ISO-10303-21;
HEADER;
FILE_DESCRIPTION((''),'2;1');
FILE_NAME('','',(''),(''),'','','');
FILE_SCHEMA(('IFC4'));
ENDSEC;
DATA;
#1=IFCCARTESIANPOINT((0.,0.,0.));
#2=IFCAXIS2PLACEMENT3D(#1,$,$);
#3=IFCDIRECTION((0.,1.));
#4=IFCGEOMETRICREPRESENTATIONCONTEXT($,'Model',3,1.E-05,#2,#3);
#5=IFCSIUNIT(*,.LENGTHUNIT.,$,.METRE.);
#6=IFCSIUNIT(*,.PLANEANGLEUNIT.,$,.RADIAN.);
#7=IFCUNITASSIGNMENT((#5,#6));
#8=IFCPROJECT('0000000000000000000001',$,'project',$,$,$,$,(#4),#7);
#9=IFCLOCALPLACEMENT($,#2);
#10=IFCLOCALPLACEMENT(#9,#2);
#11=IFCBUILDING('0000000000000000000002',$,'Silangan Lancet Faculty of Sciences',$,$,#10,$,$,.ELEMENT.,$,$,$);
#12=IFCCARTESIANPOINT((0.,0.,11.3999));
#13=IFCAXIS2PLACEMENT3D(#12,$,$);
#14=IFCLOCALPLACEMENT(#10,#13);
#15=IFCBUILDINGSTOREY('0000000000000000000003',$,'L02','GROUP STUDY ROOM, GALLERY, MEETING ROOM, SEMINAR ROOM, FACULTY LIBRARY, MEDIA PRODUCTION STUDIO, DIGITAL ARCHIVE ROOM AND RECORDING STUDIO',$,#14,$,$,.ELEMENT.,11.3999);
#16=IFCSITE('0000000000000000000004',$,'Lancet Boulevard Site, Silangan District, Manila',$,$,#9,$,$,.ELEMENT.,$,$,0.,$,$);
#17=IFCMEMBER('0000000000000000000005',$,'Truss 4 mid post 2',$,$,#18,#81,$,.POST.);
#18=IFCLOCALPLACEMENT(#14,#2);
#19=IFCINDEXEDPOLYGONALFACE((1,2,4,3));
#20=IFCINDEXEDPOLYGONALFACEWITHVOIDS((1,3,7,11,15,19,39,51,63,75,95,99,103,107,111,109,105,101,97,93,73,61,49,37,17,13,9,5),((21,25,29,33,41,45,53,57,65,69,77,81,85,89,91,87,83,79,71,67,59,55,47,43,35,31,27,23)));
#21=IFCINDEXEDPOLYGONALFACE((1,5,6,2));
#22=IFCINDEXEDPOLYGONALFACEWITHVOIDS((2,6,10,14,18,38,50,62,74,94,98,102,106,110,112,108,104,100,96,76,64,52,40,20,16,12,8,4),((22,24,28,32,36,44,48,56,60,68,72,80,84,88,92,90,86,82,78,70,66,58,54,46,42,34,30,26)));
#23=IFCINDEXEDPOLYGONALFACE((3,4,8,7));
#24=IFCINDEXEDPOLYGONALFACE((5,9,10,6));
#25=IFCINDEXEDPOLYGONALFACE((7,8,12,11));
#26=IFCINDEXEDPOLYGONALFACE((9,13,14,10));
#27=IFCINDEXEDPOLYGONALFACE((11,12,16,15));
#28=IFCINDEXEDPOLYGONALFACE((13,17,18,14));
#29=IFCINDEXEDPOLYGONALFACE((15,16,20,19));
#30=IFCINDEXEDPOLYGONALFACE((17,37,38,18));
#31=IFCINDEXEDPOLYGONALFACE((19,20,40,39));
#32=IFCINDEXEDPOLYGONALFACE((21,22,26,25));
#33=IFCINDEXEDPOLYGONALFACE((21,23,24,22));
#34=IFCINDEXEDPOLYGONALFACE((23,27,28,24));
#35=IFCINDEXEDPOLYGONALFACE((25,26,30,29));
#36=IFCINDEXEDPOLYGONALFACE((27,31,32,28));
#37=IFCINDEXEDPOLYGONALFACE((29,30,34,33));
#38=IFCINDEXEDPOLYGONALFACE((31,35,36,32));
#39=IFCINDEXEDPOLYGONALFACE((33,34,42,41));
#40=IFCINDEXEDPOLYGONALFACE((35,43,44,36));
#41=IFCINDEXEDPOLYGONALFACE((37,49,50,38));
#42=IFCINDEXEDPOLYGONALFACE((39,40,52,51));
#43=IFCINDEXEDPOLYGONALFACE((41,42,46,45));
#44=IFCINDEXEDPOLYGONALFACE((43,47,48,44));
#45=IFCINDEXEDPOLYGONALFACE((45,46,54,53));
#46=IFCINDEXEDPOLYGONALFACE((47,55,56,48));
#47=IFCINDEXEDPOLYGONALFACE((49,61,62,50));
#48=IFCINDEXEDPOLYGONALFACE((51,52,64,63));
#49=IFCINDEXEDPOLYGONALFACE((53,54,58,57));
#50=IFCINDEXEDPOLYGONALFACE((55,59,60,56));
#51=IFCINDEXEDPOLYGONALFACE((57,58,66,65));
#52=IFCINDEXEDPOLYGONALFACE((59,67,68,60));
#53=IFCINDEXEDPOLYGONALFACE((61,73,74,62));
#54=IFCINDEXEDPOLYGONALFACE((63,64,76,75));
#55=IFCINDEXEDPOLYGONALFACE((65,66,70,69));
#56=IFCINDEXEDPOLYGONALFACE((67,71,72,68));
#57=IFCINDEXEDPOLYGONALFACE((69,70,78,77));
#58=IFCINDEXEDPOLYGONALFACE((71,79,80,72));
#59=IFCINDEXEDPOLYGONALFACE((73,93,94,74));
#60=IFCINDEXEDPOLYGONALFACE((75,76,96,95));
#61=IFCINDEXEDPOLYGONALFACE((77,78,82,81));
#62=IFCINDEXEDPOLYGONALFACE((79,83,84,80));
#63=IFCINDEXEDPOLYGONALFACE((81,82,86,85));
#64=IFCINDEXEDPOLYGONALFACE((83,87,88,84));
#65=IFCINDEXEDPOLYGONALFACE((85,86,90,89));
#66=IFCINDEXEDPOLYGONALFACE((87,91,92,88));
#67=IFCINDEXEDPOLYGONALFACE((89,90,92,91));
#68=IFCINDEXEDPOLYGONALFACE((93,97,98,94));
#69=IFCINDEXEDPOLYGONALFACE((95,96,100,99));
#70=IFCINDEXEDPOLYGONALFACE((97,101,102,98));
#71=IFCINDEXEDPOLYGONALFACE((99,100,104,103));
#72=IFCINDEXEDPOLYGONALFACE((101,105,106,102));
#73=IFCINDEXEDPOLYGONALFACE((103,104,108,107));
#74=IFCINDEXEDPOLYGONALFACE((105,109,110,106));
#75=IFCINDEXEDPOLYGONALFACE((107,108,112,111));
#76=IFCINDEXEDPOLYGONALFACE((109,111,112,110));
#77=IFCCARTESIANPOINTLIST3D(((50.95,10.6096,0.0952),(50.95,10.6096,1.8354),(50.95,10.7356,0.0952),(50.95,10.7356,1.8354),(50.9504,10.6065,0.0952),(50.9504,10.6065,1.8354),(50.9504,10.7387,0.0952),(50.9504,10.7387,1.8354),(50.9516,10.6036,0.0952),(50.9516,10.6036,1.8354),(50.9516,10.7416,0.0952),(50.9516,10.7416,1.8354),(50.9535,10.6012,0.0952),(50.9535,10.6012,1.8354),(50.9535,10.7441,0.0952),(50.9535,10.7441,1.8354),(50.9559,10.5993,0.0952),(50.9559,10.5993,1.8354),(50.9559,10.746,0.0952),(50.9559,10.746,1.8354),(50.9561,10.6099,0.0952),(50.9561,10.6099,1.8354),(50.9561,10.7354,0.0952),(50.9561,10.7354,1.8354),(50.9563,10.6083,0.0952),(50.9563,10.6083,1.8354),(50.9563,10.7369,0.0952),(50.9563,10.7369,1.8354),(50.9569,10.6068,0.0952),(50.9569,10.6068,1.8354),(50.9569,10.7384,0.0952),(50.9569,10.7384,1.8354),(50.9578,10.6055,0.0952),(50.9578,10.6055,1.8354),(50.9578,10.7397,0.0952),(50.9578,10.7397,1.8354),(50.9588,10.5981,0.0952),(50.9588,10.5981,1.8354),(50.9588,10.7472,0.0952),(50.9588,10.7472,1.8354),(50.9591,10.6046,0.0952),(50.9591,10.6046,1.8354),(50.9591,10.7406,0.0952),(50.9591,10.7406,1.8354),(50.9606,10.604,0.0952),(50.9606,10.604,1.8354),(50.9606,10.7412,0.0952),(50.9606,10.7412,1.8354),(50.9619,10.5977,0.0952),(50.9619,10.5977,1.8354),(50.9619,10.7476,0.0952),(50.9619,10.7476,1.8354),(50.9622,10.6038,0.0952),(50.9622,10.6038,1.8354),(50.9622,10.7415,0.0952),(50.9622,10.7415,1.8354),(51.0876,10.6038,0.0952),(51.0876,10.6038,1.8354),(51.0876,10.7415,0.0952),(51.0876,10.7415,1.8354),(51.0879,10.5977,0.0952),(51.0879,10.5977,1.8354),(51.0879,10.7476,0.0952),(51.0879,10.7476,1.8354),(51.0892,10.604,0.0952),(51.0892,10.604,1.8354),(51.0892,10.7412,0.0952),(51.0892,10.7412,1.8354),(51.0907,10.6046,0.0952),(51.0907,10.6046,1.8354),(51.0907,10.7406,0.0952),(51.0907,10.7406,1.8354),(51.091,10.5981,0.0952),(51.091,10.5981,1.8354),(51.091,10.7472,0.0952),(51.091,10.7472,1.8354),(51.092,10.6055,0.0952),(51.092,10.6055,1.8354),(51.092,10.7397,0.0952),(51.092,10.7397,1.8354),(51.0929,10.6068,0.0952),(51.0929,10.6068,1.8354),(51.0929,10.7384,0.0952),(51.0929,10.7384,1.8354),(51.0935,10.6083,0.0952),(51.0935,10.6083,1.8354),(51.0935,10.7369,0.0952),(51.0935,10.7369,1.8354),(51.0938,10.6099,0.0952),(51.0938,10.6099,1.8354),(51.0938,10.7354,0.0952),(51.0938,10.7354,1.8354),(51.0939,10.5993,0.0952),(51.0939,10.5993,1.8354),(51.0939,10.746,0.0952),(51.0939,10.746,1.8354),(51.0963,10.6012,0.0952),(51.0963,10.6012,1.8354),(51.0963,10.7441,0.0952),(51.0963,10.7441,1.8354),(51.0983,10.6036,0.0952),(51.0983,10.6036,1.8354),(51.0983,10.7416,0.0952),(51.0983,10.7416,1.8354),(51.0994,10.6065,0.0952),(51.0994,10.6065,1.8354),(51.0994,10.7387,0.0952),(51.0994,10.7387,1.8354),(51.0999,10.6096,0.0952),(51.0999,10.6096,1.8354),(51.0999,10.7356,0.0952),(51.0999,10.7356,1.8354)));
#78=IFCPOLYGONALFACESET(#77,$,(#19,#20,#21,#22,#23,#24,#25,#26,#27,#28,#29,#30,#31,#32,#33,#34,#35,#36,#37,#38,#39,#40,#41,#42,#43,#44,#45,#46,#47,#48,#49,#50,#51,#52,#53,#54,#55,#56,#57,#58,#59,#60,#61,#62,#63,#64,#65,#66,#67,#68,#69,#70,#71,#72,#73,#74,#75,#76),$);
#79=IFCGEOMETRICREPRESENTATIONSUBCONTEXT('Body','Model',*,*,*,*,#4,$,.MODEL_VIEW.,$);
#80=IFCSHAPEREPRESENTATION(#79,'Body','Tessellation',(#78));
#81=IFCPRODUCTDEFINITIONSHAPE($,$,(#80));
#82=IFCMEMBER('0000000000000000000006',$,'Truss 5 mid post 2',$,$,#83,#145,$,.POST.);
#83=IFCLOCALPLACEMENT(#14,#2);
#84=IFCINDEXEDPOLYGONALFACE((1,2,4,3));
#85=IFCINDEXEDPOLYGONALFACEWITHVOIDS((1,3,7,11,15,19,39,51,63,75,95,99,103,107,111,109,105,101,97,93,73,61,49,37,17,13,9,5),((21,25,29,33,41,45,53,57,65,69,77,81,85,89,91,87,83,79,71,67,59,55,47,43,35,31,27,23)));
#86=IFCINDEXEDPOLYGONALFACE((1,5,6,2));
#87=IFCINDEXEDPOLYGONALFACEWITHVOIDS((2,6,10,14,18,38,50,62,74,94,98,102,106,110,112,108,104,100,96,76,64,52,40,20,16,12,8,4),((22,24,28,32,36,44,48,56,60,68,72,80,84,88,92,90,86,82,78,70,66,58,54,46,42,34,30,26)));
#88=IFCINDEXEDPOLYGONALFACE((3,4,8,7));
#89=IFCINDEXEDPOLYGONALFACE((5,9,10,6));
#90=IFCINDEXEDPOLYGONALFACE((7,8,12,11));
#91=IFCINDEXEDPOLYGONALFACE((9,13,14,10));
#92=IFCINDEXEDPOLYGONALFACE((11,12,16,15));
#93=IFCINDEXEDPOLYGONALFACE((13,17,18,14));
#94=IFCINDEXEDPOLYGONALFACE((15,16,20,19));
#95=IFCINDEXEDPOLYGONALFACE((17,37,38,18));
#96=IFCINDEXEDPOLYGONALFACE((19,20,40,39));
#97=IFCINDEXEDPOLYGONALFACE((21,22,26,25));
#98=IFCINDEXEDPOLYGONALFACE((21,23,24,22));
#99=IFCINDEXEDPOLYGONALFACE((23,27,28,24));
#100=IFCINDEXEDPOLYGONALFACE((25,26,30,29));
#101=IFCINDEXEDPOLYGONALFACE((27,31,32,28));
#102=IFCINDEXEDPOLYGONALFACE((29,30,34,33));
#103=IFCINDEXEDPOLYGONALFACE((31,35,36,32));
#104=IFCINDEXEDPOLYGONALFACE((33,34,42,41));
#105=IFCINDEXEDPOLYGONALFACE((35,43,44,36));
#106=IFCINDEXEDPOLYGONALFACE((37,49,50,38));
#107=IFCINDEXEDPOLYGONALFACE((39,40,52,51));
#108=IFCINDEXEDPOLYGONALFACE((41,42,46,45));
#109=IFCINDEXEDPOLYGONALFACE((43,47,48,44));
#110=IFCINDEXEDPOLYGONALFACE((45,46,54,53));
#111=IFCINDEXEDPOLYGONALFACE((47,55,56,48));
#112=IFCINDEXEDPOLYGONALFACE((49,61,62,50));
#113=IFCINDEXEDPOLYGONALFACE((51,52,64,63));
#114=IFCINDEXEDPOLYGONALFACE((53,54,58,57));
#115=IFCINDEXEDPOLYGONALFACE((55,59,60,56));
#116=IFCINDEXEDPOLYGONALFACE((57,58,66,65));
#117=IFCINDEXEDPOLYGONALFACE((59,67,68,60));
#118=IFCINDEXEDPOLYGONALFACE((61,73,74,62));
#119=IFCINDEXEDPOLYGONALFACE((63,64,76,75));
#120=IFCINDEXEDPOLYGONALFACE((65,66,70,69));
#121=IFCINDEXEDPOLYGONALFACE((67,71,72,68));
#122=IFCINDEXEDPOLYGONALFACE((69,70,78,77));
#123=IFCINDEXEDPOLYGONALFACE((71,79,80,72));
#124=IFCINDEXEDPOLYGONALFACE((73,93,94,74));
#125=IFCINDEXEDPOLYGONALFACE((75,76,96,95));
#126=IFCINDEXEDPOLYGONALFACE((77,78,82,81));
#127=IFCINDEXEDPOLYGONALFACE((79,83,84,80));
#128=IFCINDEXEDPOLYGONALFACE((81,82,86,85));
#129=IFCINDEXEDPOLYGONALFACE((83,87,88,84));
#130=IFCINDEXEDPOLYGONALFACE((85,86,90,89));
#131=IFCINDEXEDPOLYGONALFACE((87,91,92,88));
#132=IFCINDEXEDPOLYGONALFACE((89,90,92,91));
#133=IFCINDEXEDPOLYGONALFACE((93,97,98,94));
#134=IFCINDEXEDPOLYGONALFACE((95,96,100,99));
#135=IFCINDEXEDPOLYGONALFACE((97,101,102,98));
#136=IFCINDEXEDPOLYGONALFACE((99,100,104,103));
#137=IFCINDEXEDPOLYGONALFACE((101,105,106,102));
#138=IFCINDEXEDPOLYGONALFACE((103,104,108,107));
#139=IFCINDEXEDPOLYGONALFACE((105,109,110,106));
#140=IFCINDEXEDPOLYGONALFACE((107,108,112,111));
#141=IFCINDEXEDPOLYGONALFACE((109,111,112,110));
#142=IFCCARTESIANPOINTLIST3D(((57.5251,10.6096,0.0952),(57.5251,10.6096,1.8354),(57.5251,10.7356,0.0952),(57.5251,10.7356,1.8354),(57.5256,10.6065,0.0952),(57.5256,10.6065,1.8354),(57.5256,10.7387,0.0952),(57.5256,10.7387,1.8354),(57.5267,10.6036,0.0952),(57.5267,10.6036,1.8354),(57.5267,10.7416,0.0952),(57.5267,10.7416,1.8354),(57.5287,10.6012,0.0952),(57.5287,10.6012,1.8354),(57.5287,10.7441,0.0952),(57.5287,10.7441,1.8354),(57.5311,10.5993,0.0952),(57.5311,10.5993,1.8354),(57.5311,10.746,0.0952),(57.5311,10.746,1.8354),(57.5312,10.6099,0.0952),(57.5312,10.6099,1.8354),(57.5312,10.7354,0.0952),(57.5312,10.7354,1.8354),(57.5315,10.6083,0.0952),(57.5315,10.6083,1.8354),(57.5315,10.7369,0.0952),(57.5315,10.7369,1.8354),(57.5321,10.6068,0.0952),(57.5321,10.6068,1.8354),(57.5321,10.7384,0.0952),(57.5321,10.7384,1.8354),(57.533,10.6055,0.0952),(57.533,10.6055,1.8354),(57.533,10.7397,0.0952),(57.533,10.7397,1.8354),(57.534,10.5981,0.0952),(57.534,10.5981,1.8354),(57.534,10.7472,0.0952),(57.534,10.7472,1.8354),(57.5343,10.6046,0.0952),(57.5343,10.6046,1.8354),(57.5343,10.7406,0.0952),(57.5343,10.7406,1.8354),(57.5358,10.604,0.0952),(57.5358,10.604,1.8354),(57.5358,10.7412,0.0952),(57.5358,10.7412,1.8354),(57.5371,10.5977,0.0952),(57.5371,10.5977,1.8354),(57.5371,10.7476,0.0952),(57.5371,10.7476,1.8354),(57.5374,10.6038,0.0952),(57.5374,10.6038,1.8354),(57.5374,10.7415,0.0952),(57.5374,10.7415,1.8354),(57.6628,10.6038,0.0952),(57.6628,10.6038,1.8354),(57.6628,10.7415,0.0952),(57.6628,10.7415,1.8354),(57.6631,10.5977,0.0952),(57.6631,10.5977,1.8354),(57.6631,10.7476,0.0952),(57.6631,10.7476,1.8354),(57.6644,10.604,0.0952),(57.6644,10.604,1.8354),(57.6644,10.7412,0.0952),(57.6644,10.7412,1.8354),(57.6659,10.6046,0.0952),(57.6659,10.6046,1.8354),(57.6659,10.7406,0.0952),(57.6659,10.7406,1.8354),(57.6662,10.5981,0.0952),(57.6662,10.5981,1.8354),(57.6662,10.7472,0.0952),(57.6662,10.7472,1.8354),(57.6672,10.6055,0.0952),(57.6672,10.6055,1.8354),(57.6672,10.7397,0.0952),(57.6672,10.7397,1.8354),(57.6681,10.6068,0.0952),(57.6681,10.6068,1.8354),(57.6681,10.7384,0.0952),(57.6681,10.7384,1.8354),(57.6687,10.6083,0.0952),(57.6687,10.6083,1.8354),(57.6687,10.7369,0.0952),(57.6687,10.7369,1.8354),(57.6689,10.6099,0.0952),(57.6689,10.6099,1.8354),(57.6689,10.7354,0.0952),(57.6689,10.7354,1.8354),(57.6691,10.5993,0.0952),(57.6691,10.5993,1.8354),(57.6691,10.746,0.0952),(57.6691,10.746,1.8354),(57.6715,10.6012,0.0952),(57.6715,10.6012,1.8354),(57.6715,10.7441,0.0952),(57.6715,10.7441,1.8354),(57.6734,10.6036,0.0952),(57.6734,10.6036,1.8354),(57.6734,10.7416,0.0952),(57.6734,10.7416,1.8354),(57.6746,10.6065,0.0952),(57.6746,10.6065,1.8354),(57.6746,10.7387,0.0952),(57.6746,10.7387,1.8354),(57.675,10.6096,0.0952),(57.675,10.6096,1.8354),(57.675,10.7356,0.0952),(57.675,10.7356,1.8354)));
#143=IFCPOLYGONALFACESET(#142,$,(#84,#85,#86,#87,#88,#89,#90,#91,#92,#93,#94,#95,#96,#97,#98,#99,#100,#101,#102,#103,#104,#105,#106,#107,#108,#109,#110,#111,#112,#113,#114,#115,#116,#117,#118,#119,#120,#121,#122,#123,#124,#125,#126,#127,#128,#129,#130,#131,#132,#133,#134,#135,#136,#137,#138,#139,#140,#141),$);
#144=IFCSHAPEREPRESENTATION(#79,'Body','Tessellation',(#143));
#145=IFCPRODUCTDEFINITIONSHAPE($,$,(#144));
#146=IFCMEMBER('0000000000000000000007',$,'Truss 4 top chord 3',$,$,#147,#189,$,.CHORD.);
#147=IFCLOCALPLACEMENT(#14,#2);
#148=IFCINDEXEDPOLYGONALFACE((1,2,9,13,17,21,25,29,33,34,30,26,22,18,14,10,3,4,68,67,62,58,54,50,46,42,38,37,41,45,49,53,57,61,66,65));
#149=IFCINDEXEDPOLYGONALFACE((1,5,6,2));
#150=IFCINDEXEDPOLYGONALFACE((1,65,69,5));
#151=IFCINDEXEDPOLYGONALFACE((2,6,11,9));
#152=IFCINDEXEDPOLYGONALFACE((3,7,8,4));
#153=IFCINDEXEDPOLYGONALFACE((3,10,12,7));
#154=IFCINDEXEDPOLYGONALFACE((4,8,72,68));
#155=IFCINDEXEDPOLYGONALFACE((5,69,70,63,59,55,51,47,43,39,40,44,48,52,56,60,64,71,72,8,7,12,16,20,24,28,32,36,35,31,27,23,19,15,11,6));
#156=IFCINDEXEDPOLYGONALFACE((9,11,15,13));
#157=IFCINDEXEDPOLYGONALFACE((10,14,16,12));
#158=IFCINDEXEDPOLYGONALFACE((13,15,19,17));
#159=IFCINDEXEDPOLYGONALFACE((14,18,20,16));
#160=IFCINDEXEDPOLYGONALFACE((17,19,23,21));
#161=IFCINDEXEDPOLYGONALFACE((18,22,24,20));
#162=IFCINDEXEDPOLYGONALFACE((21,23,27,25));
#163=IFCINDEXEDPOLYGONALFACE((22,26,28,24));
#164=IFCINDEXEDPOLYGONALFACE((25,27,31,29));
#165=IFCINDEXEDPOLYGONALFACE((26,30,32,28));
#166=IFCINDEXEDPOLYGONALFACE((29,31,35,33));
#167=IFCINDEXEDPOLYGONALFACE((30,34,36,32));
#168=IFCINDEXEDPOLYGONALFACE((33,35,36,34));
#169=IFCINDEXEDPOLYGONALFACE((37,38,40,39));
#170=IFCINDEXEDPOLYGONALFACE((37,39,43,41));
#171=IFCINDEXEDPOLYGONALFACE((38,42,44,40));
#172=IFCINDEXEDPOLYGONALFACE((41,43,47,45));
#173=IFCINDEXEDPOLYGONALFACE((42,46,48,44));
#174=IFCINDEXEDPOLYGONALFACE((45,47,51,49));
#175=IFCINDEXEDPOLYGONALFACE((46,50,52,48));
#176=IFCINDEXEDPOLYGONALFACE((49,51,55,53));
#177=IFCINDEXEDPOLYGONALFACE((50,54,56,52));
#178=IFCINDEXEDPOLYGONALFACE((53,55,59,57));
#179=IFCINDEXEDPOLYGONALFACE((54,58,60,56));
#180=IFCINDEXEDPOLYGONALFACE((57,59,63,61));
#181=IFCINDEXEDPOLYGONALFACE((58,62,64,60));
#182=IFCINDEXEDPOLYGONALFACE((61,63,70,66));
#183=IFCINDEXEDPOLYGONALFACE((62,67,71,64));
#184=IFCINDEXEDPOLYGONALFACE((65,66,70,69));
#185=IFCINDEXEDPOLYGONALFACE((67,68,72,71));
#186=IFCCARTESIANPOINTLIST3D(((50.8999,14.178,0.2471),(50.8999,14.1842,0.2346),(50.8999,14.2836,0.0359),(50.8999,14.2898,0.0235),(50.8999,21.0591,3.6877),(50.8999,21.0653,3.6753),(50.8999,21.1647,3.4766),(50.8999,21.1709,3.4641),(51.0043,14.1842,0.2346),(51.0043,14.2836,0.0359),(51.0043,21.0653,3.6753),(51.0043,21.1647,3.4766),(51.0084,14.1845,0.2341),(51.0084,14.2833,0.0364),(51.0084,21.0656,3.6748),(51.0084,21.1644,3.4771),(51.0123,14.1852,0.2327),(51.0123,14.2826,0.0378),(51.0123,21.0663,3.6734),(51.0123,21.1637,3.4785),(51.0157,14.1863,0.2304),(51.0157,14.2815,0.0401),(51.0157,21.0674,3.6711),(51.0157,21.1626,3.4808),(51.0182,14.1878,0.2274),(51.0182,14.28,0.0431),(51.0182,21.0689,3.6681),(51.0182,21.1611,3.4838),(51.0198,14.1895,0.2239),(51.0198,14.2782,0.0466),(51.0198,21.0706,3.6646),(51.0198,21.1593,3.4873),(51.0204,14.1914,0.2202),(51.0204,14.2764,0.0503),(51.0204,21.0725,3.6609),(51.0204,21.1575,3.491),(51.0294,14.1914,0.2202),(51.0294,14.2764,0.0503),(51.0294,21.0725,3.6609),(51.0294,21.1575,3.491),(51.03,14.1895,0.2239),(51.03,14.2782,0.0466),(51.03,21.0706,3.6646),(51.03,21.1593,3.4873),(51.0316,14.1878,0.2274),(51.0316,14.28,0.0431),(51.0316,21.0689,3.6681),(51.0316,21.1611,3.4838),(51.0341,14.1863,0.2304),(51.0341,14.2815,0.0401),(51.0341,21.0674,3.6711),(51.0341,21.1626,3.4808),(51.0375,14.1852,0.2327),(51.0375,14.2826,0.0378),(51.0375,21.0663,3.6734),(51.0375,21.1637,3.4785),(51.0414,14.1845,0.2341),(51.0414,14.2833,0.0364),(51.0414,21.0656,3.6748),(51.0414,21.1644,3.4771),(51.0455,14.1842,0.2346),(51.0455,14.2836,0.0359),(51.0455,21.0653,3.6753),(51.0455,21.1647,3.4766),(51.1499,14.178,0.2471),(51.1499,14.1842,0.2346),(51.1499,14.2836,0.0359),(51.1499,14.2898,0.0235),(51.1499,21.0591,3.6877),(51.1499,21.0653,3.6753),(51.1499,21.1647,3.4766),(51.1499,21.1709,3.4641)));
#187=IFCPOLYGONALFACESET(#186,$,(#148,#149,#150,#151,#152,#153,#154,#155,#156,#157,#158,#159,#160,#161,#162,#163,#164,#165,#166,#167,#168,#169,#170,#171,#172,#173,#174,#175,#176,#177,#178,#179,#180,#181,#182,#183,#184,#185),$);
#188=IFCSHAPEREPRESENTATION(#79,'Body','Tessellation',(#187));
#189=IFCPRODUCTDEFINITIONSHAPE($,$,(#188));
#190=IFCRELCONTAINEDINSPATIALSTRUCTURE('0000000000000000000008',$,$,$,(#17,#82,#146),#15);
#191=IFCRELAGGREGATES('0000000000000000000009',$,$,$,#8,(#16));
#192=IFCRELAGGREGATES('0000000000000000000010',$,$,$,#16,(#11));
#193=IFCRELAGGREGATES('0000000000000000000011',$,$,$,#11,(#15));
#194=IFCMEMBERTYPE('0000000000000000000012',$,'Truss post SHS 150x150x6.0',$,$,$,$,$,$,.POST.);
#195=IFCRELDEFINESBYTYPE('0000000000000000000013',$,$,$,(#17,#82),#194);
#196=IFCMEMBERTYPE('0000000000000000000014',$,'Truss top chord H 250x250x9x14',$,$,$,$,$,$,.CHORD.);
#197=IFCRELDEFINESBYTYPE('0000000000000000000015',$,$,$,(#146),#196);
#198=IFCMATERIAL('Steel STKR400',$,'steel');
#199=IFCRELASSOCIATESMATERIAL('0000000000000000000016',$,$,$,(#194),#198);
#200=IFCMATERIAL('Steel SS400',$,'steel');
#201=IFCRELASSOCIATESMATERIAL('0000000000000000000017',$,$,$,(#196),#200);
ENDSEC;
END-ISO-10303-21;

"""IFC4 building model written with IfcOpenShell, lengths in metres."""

from ifc_helpers import new_model, si_unit, direction, frame, origin, origin_2d, place, context, subcontext, project, spatial, hollow_rectangle, i_section, extrude, material, material_profile, profile_set, type_object, element, save


model = new_model("IFC4")

# Units and contexts
model_context = context("Model", 3, precision=1e-05, world=origin(), true_north=direction((0.0, 1.0)))
body_context = subcontext(model_context, "Body", "Model", "MODEL_VIEW")
ifc_project = project(units=[si_unit("LENGTHUNIT", "METRE"), si_unit("PLANEANGLEUNIT", "RADIAN")], contexts=[model_context])

# Site, building, storey
site_placement = place(None, origin())
site = spatial("IfcSite", under=ifc_project, at=site_placement, Name="Lancet Boulevard Site, Silangan District, Manila", CompositionType="ELEMENT", RefElevation=0.0)
building_placement = place(site_placement, origin())
building = spatial("IfcBuilding", under=site, at=building_placement, Name="Silangan Lancet Faculty of Sciences", CompositionType="ELEMENT")
storey_placement = place(building_placement, frame((0.0, 0.0, 11.3999)))
storey = spatial("IfcBuildingStorey", under=building, at=storey_placement, Name="L02", Description="GROUP STUDY ROOM, GALLERY, MEETING ROOM, SEMINAR ROOM, FACULTY LIBRARY, MEDIA PRODUCTION STUDIO, DIGITAL ARCHIVE ROOM AND RECORDING STUDIO", CompositionType="ELEMENT", Elevation=11.3999)

# Members
ifc_material_1 = material(Name="Steel STKR400", Category="steel")
ifc_material_profile_1 = material_profile(ifc_material_1, hollow_rectangle(XDim=0.1499, YDim=0.1499, WallThickness=0.0061, InnerFilletRadius=0.0061, OuterFilletRadius=0.012, at=origin_2d()), Name="SHS 150x150x6.0")
ifc_profile_set_1 = profile_set([ifc_material_profile_1], Name="Steel STKR400")
member_type_1 = type_object("IfcMemberType", Name="Truss post SHS 150x150x6.0", PredefinedType="POST", material=ifc_profile_set_1)
for number, where, z_axis, x_axis, name in (
    (1, (51.0249, 10.6726, 0.0952), (0.0, 0.0, 1.0), (1.0, 0.0, 0.0), "Truss 4 mid post 2"),
    (2, (57.6001, 10.6726, 0.0952), (0.0, 0.0, 1.0), (1.0, 0.0, 0.0), "Truss 5 mid post 2"),
):
    element("IfcMember", number, at=place(storey_placement, frame(where, z_axis=z_axis, x_axis=x_axis)), inside=storey, type_object=member_type_1, Name=name, PredefinedType="POST", context=body_context, shape_type="SweptSolid", body=[
        extrude(hollow_rectangle(XDim=0.1499, YDim=0.1499, WallThickness=0.0061, InnerFilletRadius=0.0061, OuterFilletRadius=0.012, at=origin_2d()), origin(), (0.0, 0.0, 1.0), 1.7402),
    ])
ifc_material_2 = material(Name="Steel SS400", Category="steel")
ifc_material_profile_2 = material_profile(ifc_material_2, i_section(OverallWidth=0.25, OverallDepth=0.25, WebThickness=0.009, FlangeThickness=0.0139, FilletRadius=0.0161, at=origin_2d()), Name="H 250x250x9x14")
ifc_profile_set_2 = profile_set([ifc_material_profile_2], Name="Steel SS400")
member_type_2 = type_object("IfcMemberType", Name="Truss top chord H 250x250x9x14", PredefinedType="CHORD", material=ifc_profile_set_2)
member_1_placement = place(storey_placement, frame((51.0249, 14.2339, 0.1353), z_axis=(0.0, 0.894421, 0.447226), x_axis=(-1.0, 0.0, 0.0)))
element("IfcMember", 3, at=member_1_placement, inside=storey, type_object=member_type_2, Name="Truss 4 top chord 3", PredefinedType="CHORD", context=body_context, shape_type="SweptSolid", body=[
    extrude(i_section(OverallWidth=0.25, OverallDepth=0.25, WebThickness=0.009, FlangeThickness=0.0139, FilletRadius=0.0161, at=origin_2d()), origin(), (0.0, 0.0, 1.0), 7.6934),
])

save(model, "model.ifc")
